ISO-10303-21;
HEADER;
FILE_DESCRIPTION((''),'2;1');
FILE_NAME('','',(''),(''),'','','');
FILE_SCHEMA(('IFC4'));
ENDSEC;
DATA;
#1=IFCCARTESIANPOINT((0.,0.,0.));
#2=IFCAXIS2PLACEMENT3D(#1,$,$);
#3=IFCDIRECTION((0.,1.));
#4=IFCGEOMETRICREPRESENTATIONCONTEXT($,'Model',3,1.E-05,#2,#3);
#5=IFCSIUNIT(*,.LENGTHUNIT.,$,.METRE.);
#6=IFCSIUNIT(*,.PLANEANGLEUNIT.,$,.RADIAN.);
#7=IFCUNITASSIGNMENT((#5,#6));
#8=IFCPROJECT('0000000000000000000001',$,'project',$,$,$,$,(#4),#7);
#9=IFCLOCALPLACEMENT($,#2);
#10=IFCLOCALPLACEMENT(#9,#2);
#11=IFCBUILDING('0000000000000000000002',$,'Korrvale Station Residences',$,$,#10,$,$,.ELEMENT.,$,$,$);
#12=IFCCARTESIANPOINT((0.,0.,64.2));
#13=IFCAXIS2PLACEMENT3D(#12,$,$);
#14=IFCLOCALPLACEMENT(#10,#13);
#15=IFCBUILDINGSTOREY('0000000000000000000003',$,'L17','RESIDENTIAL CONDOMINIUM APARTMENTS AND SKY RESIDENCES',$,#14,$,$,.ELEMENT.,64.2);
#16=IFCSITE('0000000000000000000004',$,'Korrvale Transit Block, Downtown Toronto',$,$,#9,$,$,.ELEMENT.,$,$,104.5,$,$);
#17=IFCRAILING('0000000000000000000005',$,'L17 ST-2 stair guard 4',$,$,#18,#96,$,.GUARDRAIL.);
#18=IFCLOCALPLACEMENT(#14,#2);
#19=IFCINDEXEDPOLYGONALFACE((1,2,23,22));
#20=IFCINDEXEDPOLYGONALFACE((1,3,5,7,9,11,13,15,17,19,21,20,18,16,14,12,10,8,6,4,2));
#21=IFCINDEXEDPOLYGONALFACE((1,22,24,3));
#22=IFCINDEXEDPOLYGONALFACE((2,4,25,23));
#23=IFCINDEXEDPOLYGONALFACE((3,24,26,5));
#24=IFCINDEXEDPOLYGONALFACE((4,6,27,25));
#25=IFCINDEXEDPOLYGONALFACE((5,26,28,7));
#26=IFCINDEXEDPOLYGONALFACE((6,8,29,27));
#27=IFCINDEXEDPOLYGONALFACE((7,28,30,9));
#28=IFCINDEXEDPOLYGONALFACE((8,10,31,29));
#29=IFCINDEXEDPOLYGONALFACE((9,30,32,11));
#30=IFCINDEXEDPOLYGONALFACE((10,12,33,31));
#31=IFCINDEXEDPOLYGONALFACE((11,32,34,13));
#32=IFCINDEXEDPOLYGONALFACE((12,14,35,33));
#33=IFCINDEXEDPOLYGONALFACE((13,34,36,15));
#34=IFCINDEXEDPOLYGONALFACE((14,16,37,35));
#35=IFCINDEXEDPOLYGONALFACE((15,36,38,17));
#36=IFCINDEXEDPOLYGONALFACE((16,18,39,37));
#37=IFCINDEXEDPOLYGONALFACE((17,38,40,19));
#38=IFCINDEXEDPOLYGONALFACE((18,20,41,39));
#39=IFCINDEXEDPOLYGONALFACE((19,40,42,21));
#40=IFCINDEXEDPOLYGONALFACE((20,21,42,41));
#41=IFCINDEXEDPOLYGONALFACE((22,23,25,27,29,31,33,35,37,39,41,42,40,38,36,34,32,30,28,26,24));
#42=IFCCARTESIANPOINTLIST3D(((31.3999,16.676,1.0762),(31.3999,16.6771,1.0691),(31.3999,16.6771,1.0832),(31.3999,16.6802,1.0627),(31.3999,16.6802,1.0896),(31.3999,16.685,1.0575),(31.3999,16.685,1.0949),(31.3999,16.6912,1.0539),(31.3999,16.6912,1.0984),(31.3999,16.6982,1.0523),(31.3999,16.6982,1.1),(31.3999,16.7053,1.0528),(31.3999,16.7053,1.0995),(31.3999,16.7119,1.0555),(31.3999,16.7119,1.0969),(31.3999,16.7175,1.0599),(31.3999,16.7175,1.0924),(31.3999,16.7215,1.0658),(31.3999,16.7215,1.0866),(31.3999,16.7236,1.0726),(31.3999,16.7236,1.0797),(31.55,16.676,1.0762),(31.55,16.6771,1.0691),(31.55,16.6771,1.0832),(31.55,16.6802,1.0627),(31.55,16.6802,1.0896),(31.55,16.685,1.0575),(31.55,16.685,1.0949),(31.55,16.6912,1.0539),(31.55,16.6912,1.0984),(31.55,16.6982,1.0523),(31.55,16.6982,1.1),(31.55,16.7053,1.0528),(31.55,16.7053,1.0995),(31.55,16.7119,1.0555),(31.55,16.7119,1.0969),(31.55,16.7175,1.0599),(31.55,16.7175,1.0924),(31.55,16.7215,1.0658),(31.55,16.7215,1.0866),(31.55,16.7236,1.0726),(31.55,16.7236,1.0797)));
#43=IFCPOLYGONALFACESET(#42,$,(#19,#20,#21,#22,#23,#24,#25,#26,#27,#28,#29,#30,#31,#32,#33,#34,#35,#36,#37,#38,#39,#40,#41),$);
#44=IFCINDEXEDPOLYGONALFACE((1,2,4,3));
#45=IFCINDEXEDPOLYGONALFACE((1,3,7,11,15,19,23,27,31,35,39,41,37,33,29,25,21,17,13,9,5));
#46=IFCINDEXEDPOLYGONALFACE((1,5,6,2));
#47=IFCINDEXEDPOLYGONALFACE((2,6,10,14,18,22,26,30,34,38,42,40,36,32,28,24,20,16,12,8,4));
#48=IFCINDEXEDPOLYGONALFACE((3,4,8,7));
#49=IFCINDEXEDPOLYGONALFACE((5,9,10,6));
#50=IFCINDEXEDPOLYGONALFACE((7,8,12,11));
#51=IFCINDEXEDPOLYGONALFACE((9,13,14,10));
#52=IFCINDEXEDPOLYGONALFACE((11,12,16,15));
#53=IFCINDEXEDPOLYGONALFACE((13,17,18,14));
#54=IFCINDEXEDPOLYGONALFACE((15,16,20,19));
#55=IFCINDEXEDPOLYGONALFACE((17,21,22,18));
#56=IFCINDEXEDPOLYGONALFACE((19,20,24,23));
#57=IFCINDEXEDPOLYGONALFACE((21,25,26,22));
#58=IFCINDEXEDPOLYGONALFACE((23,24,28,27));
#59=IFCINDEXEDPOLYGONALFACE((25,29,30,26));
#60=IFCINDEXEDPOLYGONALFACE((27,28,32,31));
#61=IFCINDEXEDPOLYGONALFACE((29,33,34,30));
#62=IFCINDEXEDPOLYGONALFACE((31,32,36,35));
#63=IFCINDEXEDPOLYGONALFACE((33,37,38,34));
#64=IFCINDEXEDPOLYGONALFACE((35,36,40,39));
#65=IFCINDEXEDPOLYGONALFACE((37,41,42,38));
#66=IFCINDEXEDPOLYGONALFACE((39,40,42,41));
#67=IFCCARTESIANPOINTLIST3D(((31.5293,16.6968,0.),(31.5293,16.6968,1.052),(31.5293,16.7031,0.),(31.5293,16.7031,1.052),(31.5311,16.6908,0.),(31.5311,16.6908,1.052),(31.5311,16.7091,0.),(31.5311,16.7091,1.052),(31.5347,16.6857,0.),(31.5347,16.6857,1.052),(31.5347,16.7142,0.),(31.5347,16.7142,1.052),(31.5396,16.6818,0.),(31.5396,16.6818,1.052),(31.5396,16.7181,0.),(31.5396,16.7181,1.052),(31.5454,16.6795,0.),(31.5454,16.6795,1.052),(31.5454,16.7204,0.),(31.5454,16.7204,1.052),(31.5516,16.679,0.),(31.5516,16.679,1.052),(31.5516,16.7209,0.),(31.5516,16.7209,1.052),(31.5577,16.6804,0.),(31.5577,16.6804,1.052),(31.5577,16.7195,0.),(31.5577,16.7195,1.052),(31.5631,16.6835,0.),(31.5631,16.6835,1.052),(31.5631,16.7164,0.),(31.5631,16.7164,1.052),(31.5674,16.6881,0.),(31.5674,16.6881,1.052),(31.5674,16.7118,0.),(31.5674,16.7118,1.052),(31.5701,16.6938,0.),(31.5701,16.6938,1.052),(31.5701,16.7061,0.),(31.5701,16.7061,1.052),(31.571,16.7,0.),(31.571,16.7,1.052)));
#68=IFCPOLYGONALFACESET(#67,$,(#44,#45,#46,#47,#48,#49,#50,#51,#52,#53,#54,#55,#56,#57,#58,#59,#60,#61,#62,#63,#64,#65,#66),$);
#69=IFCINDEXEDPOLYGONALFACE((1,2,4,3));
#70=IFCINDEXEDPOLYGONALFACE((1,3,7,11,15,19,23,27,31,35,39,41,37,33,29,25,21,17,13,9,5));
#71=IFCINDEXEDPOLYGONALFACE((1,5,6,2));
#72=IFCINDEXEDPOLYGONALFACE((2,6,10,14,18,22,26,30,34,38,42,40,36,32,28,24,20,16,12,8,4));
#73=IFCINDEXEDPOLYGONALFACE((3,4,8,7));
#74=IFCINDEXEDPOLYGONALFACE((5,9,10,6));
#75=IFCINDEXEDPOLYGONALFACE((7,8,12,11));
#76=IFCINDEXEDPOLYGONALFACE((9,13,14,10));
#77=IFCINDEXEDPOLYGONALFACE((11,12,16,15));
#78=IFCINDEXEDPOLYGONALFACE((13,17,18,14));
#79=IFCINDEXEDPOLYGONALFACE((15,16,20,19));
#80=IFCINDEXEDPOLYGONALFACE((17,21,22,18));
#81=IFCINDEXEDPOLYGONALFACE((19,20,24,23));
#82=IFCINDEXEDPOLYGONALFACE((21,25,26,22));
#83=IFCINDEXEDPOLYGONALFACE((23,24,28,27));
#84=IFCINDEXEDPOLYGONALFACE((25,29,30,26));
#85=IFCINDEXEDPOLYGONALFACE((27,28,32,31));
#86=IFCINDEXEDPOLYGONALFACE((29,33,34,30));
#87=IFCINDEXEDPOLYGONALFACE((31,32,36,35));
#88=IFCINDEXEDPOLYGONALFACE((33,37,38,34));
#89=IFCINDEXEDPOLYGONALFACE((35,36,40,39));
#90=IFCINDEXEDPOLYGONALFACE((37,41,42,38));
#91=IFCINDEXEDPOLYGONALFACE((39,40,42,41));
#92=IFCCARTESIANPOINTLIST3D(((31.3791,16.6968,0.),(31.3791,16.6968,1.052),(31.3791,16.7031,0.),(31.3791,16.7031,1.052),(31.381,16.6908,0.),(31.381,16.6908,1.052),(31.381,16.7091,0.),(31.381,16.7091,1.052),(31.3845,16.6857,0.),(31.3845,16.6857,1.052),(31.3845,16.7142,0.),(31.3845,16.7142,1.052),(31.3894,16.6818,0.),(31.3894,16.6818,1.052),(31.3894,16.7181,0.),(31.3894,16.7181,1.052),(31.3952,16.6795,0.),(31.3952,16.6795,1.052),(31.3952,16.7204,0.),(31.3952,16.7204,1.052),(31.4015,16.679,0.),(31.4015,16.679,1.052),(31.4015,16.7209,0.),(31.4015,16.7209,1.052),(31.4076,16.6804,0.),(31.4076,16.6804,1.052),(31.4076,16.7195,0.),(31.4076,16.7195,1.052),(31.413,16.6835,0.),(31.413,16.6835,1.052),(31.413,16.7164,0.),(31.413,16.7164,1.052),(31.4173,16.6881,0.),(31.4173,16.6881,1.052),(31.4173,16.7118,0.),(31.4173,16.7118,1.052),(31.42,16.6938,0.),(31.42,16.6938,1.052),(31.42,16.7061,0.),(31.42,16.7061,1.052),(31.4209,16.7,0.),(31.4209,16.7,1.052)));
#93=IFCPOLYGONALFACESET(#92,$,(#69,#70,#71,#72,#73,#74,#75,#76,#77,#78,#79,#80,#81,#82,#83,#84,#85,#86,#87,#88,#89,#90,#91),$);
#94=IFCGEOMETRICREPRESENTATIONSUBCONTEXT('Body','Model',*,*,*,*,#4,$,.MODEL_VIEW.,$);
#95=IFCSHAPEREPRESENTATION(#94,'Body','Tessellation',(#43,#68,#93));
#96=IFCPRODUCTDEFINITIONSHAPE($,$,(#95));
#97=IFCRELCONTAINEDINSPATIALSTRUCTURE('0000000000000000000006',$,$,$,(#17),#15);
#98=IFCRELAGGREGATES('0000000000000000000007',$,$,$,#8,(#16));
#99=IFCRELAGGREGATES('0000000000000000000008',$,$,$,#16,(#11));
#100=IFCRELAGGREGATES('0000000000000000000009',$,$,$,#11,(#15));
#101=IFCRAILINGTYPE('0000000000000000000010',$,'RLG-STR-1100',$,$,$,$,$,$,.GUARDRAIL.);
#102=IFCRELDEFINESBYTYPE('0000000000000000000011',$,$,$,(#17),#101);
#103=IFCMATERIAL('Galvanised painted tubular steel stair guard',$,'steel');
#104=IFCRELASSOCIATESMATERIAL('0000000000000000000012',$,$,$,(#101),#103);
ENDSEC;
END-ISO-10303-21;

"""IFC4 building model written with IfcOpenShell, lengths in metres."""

from ifc_helpers import new_model, si_unit, direction, frame, origin, origin_2d, place, context, subcontext, project, spatial, circle, extrude, material, type_object, element, save


model = new_model("IFC4")

# Units and contexts
model_context = context("Model", 3, precision=1e-05, world=origin(), true_north=direction((0.0, 1.0)))
body_context = subcontext(model_context, "Body", "Model", "MODEL_VIEW")
ifc_project = project(units=[si_unit("LENGTHUNIT", "METRE"), si_unit("PLANEANGLEUNIT", "RADIAN")], contexts=[model_context])

# Site, building, storey
site_placement = place(None, origin())
site = spatial("IfcSite", under=ifc_project, at=site_placement, Name="Korrvale Transit Block, Downtown Toronto", CompositionType="ELEMENT", RefElevation=104.5)
building_placement = place(site_placement, origin())
building = spatial("IfcBuilding", under=site, at=building_placement, Name="Korrvale Station Residences", CompositionType="ELEMENT")
storey_placement = place(building_placement, frame((0.0, 0.0, 64.2)))
storey = spatial("IfcBuildingStorey", under=building, at=storey_placement, Name="L17", Description="RESIDENTIAL CONDOMINIUM APARTMENTS AND SKY RESIDENCES", CompositionType="ELEMENT", Elevation=64.2)

# Railing
ifc_material_1 = material(Name="Galvanised painted tubular steel stair guard", Category="steel")
railing_type_1 = type_object("IfcRailingType", Name="RLG-STR-1100", PredefinedType="GUARDRAIL", material=ifc_material_1)
railing_1_placement = place(storey_placement, frame((31.55, 16.7, 0.0)))
element("IfcRailing", 1, at=railing_1_placement, inside=storey, type_object=railing_type_1, Name="L17 ST-2 stair guard 4", PredefinedType="GUARDRAIL", context=body_context, shape_type="SweptSolid", body=[
    extrude(circle(Radius=0.0239, at=origin_2d()), frame((0.0, 0.0, 1.0762), z_axis=(-1.0, 0.0, 0.0), x_axis=(0.0, -1.0, 0.0)), (0.0, 0.0, 1.0), 0.1501),
    extrude(circle(Radius=0.021, at=origin_2d()), origin(), (0.0, 0.0, 1.0), 1.052),
    extrude(circle(Radius=0.021, at=origin_2d()), frame((-0.1501, 0.0, 0.0)), (0.0, 0.0, 1.0), 1.052),
])

save(model, "model.ifc")
